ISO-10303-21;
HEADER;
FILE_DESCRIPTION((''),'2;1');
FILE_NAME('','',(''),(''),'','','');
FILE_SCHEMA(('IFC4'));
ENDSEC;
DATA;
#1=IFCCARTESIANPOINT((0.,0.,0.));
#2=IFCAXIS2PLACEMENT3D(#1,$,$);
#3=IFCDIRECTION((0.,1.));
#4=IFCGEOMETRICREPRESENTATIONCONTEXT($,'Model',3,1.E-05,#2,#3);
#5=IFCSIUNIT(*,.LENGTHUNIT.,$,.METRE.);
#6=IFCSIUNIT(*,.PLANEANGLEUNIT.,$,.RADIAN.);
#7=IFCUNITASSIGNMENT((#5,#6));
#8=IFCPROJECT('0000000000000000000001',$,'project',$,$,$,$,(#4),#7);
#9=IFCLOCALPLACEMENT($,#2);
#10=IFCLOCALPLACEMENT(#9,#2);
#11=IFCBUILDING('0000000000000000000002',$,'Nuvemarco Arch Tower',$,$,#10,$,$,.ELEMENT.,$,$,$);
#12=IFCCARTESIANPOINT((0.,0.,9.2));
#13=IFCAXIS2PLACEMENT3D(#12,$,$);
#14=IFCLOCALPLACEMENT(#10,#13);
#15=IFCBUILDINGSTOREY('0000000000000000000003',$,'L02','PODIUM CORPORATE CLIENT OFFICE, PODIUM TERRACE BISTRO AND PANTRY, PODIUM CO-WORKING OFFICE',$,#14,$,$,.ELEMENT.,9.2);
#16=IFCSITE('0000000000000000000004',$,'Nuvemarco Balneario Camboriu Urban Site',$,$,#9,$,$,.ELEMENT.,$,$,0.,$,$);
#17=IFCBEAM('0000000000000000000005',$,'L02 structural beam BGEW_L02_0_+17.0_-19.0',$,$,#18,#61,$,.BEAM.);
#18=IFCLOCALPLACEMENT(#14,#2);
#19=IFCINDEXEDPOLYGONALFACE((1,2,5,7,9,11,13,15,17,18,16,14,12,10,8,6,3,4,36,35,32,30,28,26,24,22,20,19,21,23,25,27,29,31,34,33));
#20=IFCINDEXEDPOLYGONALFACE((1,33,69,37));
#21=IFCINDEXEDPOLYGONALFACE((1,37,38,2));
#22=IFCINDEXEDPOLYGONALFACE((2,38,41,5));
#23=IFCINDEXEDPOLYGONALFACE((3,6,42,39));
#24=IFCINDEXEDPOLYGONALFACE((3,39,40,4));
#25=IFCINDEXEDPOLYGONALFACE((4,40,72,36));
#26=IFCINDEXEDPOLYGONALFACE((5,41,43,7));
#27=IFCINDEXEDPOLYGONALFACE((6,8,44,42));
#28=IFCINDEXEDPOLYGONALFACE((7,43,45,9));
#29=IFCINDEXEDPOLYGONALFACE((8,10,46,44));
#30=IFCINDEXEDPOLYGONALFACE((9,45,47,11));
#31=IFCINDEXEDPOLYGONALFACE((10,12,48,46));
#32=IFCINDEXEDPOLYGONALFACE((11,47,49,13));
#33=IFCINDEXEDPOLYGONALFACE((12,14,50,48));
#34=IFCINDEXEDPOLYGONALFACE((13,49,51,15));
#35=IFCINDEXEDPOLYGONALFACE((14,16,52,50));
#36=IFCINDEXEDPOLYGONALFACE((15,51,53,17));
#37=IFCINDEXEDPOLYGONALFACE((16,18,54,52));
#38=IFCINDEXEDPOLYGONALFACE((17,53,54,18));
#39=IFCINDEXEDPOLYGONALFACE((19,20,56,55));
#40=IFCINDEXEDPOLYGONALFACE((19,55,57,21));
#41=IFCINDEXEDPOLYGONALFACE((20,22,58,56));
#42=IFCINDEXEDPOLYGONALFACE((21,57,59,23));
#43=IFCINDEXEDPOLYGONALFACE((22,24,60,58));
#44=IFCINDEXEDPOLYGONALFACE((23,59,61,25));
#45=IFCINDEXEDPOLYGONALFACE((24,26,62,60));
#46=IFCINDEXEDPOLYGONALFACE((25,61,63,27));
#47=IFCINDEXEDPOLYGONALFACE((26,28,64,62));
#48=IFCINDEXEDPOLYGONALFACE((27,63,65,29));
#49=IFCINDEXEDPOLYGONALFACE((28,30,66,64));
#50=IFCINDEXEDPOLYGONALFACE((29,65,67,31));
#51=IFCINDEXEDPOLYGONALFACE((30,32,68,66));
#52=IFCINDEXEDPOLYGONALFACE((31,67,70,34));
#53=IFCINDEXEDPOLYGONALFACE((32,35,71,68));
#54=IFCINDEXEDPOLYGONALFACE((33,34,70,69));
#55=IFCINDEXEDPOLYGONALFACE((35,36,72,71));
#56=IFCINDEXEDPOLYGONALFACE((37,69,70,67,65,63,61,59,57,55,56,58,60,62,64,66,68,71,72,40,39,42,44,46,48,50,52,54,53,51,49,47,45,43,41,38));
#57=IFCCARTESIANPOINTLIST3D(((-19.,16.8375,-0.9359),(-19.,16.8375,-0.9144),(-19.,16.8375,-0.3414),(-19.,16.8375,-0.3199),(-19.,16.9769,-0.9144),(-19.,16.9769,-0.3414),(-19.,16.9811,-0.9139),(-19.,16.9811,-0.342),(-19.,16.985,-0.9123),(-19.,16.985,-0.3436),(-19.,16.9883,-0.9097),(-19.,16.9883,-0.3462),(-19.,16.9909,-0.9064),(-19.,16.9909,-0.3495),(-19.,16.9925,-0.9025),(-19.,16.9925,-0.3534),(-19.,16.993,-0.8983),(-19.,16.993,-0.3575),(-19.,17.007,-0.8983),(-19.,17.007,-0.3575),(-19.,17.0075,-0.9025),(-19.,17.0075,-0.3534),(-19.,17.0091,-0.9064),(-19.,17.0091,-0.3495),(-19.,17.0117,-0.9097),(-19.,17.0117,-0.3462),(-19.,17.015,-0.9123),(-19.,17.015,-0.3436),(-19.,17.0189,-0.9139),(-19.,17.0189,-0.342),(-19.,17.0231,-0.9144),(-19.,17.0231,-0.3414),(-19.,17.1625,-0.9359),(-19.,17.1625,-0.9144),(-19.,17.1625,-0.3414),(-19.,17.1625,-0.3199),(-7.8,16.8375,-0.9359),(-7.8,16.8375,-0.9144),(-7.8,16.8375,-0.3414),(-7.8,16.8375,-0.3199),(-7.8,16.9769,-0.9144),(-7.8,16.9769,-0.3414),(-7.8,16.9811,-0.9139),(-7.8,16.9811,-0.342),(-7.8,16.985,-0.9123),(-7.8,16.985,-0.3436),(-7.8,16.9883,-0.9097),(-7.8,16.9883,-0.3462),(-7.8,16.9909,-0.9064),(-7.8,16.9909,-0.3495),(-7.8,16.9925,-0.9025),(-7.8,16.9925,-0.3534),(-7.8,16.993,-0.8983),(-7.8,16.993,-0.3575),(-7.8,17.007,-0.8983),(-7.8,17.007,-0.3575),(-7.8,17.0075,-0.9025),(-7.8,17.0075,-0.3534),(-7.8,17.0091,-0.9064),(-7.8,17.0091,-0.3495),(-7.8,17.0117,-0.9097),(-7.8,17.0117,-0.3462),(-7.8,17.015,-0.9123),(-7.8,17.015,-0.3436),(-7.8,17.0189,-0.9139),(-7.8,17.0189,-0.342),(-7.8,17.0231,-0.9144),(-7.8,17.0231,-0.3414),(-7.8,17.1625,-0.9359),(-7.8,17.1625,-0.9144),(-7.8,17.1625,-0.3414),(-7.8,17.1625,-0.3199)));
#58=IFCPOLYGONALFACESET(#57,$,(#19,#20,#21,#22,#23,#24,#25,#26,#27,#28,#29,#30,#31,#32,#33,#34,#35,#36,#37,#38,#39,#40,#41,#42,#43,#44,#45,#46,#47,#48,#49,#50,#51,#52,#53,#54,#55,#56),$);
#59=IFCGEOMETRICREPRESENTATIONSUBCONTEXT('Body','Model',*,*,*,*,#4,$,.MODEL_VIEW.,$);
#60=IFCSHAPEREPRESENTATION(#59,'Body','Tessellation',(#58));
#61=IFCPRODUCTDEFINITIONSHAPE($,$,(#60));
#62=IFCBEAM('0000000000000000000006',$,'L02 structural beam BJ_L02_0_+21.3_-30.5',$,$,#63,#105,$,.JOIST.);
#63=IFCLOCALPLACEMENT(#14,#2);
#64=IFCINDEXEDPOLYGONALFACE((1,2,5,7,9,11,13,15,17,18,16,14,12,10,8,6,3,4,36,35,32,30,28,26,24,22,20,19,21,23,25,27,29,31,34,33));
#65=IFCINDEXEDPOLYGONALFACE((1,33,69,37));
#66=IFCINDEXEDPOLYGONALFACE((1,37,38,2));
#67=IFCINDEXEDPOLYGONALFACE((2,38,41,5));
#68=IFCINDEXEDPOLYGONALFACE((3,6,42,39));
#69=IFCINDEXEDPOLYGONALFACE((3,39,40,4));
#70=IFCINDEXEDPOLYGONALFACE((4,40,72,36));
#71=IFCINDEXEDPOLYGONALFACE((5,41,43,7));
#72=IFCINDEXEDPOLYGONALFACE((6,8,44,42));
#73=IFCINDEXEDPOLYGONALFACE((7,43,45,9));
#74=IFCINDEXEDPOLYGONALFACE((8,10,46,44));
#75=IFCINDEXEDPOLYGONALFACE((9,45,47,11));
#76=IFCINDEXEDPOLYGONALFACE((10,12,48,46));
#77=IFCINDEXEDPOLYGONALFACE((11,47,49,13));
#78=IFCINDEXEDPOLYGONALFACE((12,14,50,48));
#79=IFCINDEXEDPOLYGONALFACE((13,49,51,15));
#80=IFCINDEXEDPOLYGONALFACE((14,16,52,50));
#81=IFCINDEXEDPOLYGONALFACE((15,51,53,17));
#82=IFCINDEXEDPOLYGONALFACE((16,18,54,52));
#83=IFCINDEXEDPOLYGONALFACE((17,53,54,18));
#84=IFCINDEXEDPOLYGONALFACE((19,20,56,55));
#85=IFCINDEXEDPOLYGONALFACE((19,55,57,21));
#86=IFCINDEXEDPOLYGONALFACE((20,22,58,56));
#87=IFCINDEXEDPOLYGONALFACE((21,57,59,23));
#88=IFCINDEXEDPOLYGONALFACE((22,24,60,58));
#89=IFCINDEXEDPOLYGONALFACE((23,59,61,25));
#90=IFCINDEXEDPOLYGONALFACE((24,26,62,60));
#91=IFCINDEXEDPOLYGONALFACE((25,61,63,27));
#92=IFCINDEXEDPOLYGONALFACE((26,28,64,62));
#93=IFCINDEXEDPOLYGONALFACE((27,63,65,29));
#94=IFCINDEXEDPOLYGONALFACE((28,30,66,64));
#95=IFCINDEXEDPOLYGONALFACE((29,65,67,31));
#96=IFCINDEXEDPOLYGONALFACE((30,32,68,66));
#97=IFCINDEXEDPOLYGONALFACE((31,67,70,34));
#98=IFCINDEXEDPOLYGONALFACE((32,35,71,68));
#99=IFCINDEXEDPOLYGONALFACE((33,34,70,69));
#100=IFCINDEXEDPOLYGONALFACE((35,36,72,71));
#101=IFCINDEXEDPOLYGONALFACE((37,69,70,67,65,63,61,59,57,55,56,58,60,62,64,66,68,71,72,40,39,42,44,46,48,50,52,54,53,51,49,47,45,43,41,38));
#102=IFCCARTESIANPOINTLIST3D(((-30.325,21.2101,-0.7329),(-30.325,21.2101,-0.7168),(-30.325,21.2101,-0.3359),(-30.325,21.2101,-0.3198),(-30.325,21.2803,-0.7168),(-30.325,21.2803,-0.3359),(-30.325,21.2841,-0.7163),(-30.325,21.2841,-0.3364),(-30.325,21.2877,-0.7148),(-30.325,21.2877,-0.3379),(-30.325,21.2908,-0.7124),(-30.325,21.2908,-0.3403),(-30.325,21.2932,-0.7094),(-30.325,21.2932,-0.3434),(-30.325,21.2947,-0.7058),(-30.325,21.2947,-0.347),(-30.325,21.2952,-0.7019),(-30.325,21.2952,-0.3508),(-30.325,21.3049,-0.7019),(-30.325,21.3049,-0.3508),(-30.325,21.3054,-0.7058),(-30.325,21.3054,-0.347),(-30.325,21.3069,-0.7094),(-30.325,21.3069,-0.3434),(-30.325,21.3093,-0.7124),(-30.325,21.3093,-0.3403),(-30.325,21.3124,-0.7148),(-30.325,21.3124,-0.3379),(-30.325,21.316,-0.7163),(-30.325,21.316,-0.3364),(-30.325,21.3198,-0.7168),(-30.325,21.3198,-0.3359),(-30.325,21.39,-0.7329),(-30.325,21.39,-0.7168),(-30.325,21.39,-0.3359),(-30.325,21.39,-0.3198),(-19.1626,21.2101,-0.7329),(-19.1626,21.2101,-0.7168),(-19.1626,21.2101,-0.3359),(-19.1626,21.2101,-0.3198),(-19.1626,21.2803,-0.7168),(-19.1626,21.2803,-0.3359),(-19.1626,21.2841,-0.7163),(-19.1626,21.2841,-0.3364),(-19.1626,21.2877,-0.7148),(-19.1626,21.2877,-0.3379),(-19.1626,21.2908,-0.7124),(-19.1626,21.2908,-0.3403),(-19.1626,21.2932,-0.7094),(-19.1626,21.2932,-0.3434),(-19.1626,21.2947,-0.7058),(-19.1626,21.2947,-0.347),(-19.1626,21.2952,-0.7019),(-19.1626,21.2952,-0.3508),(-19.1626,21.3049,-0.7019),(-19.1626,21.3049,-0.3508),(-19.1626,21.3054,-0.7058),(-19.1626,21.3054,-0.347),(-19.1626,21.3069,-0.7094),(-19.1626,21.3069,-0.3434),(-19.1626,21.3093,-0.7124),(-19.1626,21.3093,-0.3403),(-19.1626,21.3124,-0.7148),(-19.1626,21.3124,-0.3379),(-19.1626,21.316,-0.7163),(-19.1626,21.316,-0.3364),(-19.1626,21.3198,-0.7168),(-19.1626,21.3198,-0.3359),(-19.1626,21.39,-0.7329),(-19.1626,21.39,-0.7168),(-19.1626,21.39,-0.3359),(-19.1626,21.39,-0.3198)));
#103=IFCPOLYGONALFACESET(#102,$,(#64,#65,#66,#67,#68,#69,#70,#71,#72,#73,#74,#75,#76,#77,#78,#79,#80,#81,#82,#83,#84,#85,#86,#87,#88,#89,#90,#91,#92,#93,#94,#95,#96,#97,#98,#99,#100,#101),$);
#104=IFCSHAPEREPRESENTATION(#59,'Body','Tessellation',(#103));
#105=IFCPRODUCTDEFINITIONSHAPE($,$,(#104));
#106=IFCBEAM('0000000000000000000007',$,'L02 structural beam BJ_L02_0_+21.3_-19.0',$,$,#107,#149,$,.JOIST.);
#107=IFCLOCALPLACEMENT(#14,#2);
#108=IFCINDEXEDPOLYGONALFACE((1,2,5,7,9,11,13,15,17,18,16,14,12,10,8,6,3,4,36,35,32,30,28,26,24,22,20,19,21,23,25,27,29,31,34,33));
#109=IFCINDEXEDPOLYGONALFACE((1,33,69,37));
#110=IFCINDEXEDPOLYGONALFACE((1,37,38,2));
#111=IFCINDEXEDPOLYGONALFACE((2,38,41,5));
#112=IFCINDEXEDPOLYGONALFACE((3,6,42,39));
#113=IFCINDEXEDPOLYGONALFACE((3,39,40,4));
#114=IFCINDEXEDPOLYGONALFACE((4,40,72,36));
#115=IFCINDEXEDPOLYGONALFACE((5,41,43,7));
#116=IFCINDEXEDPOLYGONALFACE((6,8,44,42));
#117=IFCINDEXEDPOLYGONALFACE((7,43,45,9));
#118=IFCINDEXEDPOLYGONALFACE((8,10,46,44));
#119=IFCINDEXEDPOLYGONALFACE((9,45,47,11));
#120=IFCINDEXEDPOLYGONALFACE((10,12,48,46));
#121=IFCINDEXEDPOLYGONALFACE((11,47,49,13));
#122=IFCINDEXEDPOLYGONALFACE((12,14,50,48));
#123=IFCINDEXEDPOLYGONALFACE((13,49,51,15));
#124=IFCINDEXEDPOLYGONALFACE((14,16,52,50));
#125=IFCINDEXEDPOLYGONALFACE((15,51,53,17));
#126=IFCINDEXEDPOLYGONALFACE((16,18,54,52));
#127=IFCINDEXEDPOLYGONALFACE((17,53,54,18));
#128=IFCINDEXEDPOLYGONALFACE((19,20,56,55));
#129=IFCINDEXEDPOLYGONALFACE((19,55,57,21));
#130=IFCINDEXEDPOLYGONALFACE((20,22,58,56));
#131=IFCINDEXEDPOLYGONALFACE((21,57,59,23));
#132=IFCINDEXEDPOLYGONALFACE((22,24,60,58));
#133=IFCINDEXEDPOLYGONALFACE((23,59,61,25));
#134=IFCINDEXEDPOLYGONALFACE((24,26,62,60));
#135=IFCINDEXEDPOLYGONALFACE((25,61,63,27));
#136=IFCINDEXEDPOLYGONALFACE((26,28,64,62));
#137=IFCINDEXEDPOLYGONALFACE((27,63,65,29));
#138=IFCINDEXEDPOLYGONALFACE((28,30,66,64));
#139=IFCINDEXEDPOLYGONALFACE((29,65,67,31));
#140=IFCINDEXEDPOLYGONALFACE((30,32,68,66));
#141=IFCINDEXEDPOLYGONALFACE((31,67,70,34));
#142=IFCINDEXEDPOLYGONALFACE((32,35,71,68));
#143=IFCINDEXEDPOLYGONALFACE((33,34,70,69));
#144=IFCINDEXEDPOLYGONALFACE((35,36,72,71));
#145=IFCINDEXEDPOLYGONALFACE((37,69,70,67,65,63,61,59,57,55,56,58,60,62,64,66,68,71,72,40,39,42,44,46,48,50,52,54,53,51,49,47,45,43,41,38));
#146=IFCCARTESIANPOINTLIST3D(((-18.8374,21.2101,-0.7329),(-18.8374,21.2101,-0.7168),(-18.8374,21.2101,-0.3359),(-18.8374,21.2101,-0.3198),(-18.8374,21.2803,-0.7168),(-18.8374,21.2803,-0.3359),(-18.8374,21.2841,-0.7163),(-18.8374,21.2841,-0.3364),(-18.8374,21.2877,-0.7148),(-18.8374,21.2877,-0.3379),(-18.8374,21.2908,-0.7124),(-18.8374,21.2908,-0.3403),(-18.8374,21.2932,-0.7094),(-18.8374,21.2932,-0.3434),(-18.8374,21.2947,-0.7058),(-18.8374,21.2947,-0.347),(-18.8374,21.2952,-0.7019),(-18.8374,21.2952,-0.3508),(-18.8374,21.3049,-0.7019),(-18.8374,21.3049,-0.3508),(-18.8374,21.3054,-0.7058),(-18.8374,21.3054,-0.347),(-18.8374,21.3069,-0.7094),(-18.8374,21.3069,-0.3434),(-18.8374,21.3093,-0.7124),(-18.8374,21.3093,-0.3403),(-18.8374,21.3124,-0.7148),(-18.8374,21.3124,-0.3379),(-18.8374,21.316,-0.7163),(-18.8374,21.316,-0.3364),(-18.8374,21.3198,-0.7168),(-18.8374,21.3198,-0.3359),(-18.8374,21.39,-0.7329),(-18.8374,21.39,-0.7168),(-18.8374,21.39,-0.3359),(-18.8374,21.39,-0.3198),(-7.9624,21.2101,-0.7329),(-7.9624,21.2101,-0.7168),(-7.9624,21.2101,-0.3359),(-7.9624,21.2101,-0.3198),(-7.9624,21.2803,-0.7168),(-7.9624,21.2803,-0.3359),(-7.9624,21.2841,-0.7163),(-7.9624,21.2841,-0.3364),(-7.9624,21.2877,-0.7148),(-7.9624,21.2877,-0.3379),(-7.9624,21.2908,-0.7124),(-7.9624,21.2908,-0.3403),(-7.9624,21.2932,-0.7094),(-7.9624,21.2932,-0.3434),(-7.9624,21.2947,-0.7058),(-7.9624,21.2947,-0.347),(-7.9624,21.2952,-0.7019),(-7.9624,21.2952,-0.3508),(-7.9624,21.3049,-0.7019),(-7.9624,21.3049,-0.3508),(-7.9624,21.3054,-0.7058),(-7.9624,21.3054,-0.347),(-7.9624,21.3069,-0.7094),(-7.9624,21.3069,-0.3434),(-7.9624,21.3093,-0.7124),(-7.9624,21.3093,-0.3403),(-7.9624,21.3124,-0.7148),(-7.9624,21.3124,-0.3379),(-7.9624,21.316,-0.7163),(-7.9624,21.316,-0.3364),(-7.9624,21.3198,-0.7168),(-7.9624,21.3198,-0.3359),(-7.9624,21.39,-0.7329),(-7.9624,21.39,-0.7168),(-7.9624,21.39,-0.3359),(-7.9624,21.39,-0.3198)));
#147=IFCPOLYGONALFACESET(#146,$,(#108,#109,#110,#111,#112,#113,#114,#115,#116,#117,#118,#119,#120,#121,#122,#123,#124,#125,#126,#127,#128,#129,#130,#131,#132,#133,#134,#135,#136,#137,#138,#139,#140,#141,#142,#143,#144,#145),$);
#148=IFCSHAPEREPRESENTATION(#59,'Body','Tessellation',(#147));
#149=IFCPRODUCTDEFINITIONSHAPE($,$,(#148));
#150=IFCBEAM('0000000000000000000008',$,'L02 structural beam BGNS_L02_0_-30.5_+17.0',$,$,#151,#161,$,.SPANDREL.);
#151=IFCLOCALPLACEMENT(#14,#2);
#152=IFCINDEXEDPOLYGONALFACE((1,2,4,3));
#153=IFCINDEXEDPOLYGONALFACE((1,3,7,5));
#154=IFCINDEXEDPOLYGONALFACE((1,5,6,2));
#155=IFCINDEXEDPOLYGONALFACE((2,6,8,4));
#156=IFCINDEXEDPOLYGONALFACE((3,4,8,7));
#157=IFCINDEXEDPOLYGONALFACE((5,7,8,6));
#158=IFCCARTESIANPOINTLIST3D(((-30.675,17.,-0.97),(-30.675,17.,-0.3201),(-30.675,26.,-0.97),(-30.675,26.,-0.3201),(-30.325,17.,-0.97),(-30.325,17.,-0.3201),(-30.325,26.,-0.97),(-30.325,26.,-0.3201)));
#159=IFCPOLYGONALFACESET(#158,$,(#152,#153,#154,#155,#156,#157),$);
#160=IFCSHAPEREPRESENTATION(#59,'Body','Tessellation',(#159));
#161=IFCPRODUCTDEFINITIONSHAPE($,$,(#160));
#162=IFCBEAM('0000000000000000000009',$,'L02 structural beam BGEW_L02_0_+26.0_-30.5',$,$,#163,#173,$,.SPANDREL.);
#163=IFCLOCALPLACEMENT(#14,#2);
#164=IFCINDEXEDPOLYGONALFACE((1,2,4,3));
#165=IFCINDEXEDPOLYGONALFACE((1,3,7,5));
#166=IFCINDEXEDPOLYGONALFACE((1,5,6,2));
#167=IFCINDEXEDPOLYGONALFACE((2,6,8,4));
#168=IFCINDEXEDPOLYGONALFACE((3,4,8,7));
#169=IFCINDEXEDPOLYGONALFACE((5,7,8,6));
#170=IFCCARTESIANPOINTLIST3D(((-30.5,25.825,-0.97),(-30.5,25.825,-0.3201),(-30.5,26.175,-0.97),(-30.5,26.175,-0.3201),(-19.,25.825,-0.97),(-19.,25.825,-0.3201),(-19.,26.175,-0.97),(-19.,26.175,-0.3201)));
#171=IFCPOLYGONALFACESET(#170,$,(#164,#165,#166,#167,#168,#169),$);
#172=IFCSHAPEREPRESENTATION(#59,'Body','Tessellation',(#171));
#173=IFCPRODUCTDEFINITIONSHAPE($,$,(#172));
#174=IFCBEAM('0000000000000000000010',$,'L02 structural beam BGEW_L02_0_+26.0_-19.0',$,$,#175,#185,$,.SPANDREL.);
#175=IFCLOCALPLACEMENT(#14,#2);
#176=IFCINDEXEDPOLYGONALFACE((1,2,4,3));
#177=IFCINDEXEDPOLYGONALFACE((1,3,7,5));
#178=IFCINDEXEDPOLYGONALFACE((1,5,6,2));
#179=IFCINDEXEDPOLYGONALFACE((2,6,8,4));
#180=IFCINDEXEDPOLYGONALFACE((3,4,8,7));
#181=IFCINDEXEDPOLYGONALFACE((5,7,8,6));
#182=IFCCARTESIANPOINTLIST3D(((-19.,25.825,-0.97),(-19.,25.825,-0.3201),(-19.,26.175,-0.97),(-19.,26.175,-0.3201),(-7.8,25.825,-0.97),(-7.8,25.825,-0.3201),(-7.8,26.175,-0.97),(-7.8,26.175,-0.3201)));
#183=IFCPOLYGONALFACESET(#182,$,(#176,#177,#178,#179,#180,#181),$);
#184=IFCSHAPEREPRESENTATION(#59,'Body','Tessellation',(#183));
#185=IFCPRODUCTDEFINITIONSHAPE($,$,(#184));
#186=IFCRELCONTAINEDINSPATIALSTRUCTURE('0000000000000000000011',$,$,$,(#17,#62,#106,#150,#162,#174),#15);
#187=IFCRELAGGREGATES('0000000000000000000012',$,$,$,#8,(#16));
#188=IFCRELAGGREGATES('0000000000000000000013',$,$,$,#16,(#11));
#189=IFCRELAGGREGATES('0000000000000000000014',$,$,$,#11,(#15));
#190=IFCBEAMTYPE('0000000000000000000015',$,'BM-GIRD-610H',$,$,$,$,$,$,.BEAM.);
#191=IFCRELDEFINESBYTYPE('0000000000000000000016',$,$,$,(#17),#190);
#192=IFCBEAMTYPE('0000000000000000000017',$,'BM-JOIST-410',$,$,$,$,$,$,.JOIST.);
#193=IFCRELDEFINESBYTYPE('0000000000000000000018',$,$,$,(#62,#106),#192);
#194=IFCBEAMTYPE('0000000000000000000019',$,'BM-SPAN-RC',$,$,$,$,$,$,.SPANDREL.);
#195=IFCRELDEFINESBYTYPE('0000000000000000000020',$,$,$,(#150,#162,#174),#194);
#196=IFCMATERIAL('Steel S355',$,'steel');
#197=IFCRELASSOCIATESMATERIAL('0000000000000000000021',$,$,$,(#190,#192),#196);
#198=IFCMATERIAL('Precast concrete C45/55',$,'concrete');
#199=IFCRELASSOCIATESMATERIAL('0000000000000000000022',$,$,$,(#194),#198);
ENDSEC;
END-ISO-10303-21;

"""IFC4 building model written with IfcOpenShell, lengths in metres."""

from ifc_helpers import new_model, si_unit, direction, frame, origin, origin_2d, place, context, subcontext, project, spatial, rectangle, i_section, extrude, material, material_profile, profile_set, type_object, element, save


model = new_model("IFC4")

# Units and contexts
model_context = context("Model", 3, precision=1e-05, world=origin(), true_north=direction((0.0, 1.0)))
body_context = subcontext(model_context, "Body", "Model", "MODEL_VIEW")
ifc_project = project(units=[si_unit("LENGTHUNIT", "METRE"), si_unit("PLANEANGLEUNIT", "RADIAN")], contexts=[model_context])

# Site, building, storey
site_placement = place(None, origin())
site = spatial("IfcSite", under=ifc_project, at=site_placement, Name="Nuvemarco Balneario Camboriu Urban Site", CompositionType="ELEMENT", RefElevation=0.0)
building_placement = place(site_placement, origin())
building = spatial("IfcBuilding", under=site, at=building_placement, Name="Nuvemarco Arch Tower", CompositionType="ELEMENT")
storey_placement = place(building_placement, frame((0.0, 0.0, 9.2)))
storey = spatial("IfcBuildingStorey", under=building, at=storey_placement, Name="L02", Description="PODIUM CORPORATE CLIENT OFFICE, PODIUM TERRACE BISTRO AND PANTRY, PODIUM CO-WORKING OFFICE", CompositionType="ELEMENT", Elevation=9.2)

# Beams
ifc_material_1 = material(Name="Steel S355", Category="steel")
ifc_material_profile_1 = material_profile(ifc_material_1, i_section(OverallWidth=0.325, OverallDepth=0.616, WebThickness=0.0139, FlangeThickness=0.0215, FilletRadius=0.0161, at=origin_2d()), Name="W610x174")
ifc_profile_set_1 = profile_set([ifc_material_profile_1], Name="Steel S355")
beam_type_1 = type_object("IfcBeamType", Name="BM-GIRD-610H", PredefinedType="BEAM", material=ifc_profile_set_1)
beam_1_placement = place(storey_placement, frame((-19.0, 17.0, -0.6279), z_axis=(1.0, 0.0, 0.0), x_axis=(0.0, 1.0, 0.0)))
element("IfcBeam", 1, at=beam_1_placement, inside=storey, type_object=beam_type_1, Name="L02 structural beam BGEW_L02_0_+17.0_-19.0", PredefinedType="BEAM", context=body_context, shape_type="SweptSolid", body=[
    extrude(i_section(OverallWidth=0.325, OverallDepth=0.616, WebThickness=0.0139, FlangeThickness=0.0215, FilletRadius=0.0161, at=origin_2d()), origin(), (0.0, 0.0, 1.0), 11.2),
])
ifc_material_profile_2 = material_profile(ifc_material_1, i_section(OverallWidth=0.1799, OverallDepth=0.4131, WebThickness=0.0098, FlangeThickness=0.0161, FilletRadius=0.0149, at=origin_2d()), Name="W410x75")
ifc_profile_set_2 = profile_set([ifc_material_profile_2], Name="Steel S355")
beam_type_2 = type_object("IfcBeamType", Name="BM-JOIST-410", PredefinedType="JOIST", material=ifc_profile_set_2)
beam_2_placement = place(storey_placement, frame((-30.325, 21.3, -0.5264), z_axis=(1.0, 0.0, 0.0), x_axis=(0.0, 1.0, 0.0)))
element("IfcBeam", 2, at=beam_2_placement, inside=storey, type_object=beam_type_2, Name="L02 structural beam BJ_L02_0_+21.3_-30.5", PredefinedType="JOIST", context=body_context, shape_type="SweptSolid", body=[
    extrude(i_section(OverallWidth=0.1799, OverallDepth=0.4131, WebThickness=0.0098, FlangeThickness=0.0161, FilletRadius=0.0149, at=origin_2d()), origin(), (0.0, 0.0, 1.0), 11.1624),
])
beam_3_placement = place(storey_placement, frame((-18.8374, 21.3, -0.5264), z_axis=(1.0, 0.0, 0.0), x_axis=(0.0, 1.0, 0.0)))
element("IfcBeam", 3, at=beam_3_placement, inside=storey, type_object=beam_type_2, Name="L02 structural beam BJ_L02_0_+21.3_-19.0", PredefinedType="JOIST", context=body_context, shape_type="SweptSolid", body=[
    extrude(i_section(OverallWidth=0.1799, OverallDepth=0.4131, WebThickness=0.0098, FlangeThickness=0.0161, FilletRadius=0.0149, at=origin_2d()), origin(), (0.0, 0.0, 1.0), 10.875),
])
ifc_material_2 = material(Name="Precast concrete C45/55", Category="concrete")
ifc_material_profile_3 = material_profile(ifc_material_2, rectangle(XDim=0.3501, YDim=0.6499, at=origin_2d()), Name="PC-SP-350x650")
ifc_profile_set_3 = profile_set([ifc_material_profile_3], Name="Precast concrete C45/55")
beam_type_3 = type_object("IfcBeamType", Name="BM-SPAN-RC", PredefinedType="SPANDREL", material=ifc_profile_set_3)
beam_4_placement = place(storey_placement, frame((-30.5, 17.0, -0.645), z_axis=(0.0, 1.0, 0.0), x_axis=(-1.0, 0.0, 0.0)))
element("IfcBeam", 4, at=beam_4_placement, inside=storey, type_object=beam_type_3, Name="L02 structural beam BGNS_L02_0_-30.5_+17.0", PredefinedType="SPANDREL", context=body_context, shape_type="SweptSolid", body=[
    extrude(rectangle(XDim=0.3501, YDim=0.6499, at=origin_2d()), origin(), (0.0, 0.0, 1.0), 9.0),
])
beam_5_placement = place(storey_placement, frame((-30.5, 26.0, -0.645), z_axis=(1.0, 0.0, 0.0), x_axis=(0.0, 1.0, 0.0)))
element("IfcBeam", 5, at=beam_5_placement, inside=storey, type_object=beam_type_3, Name="L02 structural beam BGEW_L02_0_+26.0_-30.5", PredefinedType="SPANDREL", context=body_context, shape_type="SweptSolid", body=[
    extrude(rectangle(XDim=0.3501, YDim=0.6499, at=origin_2d()), origin(), (0.0, 0.0, 1.0), 11.5),
])
beam_6_placement = place(storey_placement, frame((-19.0, 26.0, -0.645), z_axis=(1.0, 0.0, 0.0), x_axis=(0.0, 1.0, 0.0)))
element("IfcBeam", 6, at=beam_6_placement, inside=storey, type_object=beam_type_3, Name="L02 structural beam BGEW_L02_0_+26.0_-19.0", PredefinedType="SPANDREL", context=body_context, shape_type="SweptSolid", body=[
    extrude(rectangle(XDim=0.3501, YDim=0.6499, at=origin_2d()), origin(), (0.0, 0.0, 1.0), 11.2),
])

save(model, "model.ifc")
